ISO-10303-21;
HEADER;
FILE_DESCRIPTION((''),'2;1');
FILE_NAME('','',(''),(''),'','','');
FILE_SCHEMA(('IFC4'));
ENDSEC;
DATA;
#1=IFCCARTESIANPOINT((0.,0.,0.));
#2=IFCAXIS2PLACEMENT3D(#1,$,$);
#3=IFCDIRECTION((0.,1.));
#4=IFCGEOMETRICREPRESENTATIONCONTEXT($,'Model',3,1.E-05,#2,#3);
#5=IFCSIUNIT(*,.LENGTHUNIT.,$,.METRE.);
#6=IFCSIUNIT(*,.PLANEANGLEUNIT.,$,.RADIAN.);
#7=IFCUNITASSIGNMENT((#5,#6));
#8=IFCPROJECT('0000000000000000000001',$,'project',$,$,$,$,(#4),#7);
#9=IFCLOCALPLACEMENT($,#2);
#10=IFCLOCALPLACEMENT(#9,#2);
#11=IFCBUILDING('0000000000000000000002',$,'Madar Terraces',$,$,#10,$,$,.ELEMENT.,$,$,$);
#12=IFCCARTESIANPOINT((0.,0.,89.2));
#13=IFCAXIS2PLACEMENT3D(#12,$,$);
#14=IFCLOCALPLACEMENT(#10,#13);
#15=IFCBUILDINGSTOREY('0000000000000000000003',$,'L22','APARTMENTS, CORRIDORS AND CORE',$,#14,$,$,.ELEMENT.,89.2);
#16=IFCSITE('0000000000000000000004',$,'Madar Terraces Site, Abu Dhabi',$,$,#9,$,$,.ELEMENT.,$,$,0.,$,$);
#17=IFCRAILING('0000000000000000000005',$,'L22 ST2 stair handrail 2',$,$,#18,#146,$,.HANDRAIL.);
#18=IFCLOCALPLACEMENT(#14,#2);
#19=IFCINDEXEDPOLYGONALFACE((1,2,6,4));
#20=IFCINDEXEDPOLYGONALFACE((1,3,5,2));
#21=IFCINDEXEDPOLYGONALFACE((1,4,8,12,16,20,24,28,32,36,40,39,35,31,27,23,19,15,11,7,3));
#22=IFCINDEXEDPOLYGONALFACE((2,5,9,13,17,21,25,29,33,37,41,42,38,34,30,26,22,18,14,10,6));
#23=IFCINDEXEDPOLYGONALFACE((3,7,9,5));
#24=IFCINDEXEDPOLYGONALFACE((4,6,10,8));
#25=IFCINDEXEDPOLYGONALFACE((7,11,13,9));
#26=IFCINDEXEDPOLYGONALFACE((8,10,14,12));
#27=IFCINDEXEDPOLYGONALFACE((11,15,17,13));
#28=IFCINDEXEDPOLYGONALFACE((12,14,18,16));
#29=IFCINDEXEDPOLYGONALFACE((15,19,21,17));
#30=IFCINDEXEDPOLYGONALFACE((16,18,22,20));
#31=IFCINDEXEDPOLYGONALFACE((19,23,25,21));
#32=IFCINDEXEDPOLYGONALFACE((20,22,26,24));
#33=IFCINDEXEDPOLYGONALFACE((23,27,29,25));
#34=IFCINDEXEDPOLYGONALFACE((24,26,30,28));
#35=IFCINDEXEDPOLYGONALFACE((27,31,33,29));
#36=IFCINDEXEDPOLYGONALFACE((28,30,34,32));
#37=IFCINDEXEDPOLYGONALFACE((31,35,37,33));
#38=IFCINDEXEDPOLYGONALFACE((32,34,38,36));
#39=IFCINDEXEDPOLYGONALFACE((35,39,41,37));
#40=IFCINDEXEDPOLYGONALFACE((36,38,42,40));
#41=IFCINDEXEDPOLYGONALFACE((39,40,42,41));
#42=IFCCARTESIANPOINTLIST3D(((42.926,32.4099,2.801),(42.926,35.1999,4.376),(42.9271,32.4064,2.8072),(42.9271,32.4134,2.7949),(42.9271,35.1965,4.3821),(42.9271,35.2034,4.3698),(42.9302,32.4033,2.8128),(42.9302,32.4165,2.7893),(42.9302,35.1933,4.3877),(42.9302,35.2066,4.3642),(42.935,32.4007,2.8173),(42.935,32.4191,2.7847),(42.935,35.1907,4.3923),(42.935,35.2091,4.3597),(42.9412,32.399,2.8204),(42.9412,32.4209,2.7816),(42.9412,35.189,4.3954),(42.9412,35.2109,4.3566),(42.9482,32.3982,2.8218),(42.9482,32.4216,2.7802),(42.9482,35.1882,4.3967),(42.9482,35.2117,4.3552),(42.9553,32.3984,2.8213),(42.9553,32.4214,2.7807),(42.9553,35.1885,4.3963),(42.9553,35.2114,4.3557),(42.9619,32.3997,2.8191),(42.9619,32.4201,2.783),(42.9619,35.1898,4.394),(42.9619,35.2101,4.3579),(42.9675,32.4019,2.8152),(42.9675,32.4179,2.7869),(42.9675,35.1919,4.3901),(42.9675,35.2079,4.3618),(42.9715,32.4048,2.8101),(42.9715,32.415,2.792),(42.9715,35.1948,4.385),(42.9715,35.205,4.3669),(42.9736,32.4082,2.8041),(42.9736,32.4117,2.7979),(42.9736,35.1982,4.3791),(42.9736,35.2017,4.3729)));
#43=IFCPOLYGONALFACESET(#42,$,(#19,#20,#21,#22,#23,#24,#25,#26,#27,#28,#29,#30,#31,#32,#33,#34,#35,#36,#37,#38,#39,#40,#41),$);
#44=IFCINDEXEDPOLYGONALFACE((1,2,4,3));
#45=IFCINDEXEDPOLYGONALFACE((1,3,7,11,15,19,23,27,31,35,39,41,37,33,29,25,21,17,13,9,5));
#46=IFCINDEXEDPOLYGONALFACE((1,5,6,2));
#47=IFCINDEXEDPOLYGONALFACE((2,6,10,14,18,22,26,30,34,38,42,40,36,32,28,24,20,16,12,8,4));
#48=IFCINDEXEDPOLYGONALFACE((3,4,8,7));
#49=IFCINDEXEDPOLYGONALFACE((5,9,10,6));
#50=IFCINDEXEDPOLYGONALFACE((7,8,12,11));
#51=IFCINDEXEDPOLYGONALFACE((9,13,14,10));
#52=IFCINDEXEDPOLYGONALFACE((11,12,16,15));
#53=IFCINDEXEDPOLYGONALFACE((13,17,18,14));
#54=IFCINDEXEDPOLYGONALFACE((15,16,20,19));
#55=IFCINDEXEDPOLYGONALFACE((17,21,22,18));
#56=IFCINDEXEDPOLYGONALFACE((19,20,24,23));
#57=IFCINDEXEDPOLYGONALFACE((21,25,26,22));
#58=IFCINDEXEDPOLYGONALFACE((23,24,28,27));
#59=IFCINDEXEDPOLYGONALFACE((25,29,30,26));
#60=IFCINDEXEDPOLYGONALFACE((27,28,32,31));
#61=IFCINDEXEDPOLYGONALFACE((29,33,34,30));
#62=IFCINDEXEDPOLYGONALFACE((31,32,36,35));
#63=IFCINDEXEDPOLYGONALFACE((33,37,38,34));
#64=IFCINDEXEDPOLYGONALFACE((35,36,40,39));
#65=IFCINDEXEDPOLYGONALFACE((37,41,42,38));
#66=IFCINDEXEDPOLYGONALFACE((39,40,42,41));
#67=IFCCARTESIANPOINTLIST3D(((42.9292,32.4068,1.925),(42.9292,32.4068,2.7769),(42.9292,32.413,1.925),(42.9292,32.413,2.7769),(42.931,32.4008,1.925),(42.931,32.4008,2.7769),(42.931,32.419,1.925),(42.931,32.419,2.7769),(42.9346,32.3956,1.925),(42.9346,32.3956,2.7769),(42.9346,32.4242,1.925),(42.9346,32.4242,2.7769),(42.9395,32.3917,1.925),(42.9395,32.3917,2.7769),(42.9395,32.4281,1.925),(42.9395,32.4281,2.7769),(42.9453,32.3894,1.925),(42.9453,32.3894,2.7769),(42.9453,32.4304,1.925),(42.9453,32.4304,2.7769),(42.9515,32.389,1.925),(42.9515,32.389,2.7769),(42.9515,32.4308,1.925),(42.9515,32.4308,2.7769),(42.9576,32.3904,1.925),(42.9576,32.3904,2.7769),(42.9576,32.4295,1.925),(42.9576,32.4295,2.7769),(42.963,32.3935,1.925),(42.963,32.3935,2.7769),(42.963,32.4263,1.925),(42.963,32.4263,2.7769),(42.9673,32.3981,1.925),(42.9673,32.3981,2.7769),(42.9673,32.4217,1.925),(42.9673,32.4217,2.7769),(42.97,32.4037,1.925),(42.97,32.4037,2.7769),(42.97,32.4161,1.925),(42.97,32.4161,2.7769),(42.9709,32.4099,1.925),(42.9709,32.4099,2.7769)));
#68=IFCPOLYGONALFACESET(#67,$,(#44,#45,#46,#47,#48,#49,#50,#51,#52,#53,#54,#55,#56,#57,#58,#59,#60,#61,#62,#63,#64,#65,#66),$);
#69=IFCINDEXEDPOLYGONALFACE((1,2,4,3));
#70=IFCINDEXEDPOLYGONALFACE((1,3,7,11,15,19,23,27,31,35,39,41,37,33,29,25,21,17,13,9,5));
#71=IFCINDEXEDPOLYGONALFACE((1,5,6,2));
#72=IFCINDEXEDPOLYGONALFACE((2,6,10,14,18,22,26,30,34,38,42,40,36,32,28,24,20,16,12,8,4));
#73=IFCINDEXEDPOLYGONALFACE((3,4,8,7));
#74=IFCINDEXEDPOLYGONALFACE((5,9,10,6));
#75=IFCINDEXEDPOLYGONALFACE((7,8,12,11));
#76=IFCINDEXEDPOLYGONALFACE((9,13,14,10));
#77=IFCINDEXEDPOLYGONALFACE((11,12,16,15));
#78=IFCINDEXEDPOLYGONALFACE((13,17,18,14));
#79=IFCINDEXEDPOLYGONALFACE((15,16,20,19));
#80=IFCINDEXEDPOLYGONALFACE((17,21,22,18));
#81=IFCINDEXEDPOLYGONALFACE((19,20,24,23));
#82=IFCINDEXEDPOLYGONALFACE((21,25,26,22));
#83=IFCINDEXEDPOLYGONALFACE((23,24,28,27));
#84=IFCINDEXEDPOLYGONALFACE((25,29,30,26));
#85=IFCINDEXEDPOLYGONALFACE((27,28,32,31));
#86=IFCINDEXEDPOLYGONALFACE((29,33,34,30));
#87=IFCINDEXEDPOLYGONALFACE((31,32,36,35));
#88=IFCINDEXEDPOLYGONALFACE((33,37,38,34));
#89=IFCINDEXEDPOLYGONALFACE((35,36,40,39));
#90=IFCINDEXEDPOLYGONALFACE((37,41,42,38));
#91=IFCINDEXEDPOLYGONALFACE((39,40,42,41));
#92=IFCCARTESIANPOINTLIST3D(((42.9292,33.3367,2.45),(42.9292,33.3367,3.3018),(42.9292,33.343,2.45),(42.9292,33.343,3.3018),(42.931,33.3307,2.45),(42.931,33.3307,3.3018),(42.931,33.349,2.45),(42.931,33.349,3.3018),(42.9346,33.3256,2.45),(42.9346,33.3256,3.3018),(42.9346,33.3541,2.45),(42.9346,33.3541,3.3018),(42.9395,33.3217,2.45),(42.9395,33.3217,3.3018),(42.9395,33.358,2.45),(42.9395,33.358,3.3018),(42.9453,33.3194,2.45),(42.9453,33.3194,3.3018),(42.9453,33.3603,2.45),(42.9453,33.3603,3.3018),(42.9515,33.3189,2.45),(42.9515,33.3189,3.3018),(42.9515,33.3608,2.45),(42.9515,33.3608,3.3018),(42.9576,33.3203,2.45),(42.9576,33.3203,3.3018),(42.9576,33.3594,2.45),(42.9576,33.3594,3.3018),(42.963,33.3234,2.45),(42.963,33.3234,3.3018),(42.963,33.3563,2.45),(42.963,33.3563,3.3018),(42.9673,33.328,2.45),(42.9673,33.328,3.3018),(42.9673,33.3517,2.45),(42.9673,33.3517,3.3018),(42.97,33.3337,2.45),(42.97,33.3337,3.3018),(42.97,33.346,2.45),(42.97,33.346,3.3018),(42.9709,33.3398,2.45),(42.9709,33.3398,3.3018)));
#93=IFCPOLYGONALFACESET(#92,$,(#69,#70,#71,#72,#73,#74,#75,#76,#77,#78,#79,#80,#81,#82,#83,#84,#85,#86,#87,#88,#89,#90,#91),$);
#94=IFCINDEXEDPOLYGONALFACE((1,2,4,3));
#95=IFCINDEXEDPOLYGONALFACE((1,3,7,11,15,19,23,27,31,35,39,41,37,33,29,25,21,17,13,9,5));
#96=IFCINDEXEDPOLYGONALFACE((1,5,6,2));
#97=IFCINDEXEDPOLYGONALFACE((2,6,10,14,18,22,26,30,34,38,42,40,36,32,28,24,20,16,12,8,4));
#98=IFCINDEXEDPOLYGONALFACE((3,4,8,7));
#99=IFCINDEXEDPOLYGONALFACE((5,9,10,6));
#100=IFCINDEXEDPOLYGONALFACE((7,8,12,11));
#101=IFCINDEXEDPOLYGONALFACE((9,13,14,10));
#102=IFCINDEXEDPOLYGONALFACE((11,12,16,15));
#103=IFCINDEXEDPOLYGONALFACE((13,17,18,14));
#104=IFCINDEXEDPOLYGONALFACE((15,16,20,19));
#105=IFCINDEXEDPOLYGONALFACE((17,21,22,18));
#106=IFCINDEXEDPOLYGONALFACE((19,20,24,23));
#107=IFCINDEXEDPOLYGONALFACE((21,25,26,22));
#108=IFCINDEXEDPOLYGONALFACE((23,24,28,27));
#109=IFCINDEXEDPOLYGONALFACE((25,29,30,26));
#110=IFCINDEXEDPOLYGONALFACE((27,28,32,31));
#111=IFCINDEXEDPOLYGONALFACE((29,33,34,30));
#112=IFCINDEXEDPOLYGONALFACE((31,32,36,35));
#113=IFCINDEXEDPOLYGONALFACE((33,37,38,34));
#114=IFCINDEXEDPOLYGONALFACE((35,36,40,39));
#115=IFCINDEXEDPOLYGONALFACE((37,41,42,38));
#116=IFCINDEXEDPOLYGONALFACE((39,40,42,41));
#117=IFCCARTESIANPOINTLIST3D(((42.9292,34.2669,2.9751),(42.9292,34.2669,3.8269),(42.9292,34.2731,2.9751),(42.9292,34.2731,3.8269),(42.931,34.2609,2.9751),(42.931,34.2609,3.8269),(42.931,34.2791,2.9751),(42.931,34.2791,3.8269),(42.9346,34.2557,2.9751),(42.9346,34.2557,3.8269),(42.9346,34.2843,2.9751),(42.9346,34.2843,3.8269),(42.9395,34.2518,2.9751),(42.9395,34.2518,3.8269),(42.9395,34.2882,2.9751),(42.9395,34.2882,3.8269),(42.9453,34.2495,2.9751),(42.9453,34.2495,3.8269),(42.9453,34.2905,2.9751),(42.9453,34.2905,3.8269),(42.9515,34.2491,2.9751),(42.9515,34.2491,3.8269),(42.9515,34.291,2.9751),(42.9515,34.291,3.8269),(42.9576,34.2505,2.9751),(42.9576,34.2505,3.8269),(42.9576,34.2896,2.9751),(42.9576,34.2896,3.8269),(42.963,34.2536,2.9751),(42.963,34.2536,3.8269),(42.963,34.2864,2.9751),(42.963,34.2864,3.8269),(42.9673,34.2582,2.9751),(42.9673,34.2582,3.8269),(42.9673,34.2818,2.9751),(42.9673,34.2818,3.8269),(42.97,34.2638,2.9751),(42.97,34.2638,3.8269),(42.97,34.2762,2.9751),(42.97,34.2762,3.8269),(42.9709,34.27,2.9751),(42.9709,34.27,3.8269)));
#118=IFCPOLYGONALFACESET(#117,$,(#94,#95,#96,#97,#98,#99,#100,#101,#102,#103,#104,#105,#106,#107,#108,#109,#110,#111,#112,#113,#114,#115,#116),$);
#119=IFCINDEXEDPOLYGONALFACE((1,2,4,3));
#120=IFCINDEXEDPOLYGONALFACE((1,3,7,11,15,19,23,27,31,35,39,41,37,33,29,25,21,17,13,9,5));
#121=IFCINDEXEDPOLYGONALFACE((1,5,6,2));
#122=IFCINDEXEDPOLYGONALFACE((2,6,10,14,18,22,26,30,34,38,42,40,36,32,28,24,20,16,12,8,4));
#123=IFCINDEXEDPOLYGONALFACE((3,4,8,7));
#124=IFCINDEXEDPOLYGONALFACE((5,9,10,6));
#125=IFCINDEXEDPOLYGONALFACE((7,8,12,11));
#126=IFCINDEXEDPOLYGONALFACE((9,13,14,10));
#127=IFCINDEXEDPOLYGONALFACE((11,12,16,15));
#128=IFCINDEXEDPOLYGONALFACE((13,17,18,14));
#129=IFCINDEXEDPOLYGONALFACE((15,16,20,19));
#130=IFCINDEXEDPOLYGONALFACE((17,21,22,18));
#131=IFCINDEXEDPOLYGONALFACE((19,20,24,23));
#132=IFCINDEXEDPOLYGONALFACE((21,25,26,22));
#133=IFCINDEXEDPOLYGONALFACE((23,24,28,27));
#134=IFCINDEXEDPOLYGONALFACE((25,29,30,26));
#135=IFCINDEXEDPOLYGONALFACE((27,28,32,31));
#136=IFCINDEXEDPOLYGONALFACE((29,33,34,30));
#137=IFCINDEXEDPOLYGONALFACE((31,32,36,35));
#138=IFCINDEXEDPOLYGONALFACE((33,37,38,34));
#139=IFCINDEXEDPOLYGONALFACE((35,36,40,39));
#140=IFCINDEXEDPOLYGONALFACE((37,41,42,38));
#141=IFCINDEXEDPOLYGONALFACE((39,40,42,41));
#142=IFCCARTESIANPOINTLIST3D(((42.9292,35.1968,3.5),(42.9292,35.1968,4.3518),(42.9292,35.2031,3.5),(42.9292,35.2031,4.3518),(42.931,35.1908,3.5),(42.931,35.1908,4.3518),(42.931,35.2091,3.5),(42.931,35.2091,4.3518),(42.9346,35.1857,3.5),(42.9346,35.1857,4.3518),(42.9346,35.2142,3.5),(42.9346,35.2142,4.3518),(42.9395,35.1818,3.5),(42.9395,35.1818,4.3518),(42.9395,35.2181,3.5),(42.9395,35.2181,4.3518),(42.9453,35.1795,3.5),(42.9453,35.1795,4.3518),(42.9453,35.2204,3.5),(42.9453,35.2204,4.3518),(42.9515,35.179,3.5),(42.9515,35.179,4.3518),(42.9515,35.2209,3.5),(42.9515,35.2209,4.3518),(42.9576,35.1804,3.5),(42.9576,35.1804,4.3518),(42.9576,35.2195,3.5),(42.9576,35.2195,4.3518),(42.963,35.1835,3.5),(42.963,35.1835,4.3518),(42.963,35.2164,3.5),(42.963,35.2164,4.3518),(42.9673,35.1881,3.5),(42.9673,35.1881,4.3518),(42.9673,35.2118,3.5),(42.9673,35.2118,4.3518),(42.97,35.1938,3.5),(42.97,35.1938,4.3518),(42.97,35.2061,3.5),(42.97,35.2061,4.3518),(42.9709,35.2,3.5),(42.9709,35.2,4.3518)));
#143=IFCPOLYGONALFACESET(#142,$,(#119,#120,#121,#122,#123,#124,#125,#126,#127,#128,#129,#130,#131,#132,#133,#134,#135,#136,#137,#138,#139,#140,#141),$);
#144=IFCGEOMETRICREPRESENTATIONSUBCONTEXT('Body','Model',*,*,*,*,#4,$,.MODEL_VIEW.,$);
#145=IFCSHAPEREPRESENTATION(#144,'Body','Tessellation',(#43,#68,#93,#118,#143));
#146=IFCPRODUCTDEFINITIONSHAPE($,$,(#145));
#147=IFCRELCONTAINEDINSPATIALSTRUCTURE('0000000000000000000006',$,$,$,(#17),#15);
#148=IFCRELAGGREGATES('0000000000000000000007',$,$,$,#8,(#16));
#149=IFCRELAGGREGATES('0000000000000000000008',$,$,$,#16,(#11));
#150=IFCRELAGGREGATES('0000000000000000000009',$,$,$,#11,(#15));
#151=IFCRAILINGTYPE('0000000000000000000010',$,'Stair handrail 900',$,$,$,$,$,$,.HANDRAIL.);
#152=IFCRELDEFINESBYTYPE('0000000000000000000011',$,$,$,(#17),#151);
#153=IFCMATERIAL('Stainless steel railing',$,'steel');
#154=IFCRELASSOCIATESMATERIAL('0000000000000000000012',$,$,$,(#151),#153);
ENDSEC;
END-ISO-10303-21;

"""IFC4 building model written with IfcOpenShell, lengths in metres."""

from ifc_helpers import new_model, si_unit, direction, frame, origin, origin_2d, place, context, subcontext, project, spatial, circle, extrude, material, type_object, element, save


model = new_model("IFC4")

# Units and contexts
model_context = context("Model", 3, precision=1e-05, world=origin(), true_north=direction((0.0, 1.0)))
body_context = subcontext(model_context, "Body", "Model", "MODEL_VIEW")
ifc_project = project(units=[si_unit("LENGTHUNIT", "METRE"), si_unit("PLANEANGLEUNIT", "RADIAN")], contexts=[model_context])

# Site, building, storey
site_placement = place(None, origin())
site = spatial("IfcSite", under=ifc_project, at=site_placement, Name="Madar Terraces Site, Abu Dhabi", CompositionType="ELEMENT", RefElevation=0.0)
building_placement = place(site_placement, origin())
building = spatial("IfcBuilding", under=site, at=building_placement, Name="Madar Terraces", CompositionType="ELEMENT")
storey_placement = place(building_placement, frame((0.0, 0.0, 89.2)))
storey = spatial("IfcBuildingStorey", under=building, at=storey_placement, Name="L22", Description="APARTMENTS, CORRIDORS AND CORE", CompositionType="ELEMENT", Elevation=89.2)

# Railing
ifc_material_1 = material(Name="Stainless steel railing", Category="steel")
railing_type_1 = type_object("IfcRailingType", Name="Stair handrail 900", PredefinedType="HANDRAIL", material=ifc_material_1)
railing_1_placement = place(storey_placement, frame((42.95, 32.4099, 1.925)))
element("IfcRailing", 1, at=railing_1_placement, inside=storey, type_object=railing_type_1, Name="L22 ST2 stair handrail 2", PredefinedType="HANDRAIL", context=body_context, shape_type="SweptSolid", body=[
    extrude(circle(Radius=0.0239, at=origin_2d()), frame((0.0, 0.0, 0.876), z_axis=(0.0, 0.870834, 0.491578), x_axis=(-1.0, 0.0, 0.0)), (0.0, 0.0, 1.0), 3.2039),
    extrude(circle(Radius=0.021, at=origin_2d()), origin(), (0.0, 0.0, 1.0), 0.8518),
    extrude(circle(Radius=0.021, at=origin_2d()), frame((0.0, 0.9299, 0.5249)), (0.0, 0.0, 1.0), 0.8518),
    extrude(circle(Radius=0.021, at=origin_2d()), frame((0.0, 1.8601, 1.05)), (0.0, 0.0, 1.0), 0.8518),
    extrude(circle(Radius=0.021, at=origin_2d()), frame((0.0, 2.79, 1.575)), (0.0, 0.0, 1.0), 0.8518),
])

save(model, "model.ifc")
